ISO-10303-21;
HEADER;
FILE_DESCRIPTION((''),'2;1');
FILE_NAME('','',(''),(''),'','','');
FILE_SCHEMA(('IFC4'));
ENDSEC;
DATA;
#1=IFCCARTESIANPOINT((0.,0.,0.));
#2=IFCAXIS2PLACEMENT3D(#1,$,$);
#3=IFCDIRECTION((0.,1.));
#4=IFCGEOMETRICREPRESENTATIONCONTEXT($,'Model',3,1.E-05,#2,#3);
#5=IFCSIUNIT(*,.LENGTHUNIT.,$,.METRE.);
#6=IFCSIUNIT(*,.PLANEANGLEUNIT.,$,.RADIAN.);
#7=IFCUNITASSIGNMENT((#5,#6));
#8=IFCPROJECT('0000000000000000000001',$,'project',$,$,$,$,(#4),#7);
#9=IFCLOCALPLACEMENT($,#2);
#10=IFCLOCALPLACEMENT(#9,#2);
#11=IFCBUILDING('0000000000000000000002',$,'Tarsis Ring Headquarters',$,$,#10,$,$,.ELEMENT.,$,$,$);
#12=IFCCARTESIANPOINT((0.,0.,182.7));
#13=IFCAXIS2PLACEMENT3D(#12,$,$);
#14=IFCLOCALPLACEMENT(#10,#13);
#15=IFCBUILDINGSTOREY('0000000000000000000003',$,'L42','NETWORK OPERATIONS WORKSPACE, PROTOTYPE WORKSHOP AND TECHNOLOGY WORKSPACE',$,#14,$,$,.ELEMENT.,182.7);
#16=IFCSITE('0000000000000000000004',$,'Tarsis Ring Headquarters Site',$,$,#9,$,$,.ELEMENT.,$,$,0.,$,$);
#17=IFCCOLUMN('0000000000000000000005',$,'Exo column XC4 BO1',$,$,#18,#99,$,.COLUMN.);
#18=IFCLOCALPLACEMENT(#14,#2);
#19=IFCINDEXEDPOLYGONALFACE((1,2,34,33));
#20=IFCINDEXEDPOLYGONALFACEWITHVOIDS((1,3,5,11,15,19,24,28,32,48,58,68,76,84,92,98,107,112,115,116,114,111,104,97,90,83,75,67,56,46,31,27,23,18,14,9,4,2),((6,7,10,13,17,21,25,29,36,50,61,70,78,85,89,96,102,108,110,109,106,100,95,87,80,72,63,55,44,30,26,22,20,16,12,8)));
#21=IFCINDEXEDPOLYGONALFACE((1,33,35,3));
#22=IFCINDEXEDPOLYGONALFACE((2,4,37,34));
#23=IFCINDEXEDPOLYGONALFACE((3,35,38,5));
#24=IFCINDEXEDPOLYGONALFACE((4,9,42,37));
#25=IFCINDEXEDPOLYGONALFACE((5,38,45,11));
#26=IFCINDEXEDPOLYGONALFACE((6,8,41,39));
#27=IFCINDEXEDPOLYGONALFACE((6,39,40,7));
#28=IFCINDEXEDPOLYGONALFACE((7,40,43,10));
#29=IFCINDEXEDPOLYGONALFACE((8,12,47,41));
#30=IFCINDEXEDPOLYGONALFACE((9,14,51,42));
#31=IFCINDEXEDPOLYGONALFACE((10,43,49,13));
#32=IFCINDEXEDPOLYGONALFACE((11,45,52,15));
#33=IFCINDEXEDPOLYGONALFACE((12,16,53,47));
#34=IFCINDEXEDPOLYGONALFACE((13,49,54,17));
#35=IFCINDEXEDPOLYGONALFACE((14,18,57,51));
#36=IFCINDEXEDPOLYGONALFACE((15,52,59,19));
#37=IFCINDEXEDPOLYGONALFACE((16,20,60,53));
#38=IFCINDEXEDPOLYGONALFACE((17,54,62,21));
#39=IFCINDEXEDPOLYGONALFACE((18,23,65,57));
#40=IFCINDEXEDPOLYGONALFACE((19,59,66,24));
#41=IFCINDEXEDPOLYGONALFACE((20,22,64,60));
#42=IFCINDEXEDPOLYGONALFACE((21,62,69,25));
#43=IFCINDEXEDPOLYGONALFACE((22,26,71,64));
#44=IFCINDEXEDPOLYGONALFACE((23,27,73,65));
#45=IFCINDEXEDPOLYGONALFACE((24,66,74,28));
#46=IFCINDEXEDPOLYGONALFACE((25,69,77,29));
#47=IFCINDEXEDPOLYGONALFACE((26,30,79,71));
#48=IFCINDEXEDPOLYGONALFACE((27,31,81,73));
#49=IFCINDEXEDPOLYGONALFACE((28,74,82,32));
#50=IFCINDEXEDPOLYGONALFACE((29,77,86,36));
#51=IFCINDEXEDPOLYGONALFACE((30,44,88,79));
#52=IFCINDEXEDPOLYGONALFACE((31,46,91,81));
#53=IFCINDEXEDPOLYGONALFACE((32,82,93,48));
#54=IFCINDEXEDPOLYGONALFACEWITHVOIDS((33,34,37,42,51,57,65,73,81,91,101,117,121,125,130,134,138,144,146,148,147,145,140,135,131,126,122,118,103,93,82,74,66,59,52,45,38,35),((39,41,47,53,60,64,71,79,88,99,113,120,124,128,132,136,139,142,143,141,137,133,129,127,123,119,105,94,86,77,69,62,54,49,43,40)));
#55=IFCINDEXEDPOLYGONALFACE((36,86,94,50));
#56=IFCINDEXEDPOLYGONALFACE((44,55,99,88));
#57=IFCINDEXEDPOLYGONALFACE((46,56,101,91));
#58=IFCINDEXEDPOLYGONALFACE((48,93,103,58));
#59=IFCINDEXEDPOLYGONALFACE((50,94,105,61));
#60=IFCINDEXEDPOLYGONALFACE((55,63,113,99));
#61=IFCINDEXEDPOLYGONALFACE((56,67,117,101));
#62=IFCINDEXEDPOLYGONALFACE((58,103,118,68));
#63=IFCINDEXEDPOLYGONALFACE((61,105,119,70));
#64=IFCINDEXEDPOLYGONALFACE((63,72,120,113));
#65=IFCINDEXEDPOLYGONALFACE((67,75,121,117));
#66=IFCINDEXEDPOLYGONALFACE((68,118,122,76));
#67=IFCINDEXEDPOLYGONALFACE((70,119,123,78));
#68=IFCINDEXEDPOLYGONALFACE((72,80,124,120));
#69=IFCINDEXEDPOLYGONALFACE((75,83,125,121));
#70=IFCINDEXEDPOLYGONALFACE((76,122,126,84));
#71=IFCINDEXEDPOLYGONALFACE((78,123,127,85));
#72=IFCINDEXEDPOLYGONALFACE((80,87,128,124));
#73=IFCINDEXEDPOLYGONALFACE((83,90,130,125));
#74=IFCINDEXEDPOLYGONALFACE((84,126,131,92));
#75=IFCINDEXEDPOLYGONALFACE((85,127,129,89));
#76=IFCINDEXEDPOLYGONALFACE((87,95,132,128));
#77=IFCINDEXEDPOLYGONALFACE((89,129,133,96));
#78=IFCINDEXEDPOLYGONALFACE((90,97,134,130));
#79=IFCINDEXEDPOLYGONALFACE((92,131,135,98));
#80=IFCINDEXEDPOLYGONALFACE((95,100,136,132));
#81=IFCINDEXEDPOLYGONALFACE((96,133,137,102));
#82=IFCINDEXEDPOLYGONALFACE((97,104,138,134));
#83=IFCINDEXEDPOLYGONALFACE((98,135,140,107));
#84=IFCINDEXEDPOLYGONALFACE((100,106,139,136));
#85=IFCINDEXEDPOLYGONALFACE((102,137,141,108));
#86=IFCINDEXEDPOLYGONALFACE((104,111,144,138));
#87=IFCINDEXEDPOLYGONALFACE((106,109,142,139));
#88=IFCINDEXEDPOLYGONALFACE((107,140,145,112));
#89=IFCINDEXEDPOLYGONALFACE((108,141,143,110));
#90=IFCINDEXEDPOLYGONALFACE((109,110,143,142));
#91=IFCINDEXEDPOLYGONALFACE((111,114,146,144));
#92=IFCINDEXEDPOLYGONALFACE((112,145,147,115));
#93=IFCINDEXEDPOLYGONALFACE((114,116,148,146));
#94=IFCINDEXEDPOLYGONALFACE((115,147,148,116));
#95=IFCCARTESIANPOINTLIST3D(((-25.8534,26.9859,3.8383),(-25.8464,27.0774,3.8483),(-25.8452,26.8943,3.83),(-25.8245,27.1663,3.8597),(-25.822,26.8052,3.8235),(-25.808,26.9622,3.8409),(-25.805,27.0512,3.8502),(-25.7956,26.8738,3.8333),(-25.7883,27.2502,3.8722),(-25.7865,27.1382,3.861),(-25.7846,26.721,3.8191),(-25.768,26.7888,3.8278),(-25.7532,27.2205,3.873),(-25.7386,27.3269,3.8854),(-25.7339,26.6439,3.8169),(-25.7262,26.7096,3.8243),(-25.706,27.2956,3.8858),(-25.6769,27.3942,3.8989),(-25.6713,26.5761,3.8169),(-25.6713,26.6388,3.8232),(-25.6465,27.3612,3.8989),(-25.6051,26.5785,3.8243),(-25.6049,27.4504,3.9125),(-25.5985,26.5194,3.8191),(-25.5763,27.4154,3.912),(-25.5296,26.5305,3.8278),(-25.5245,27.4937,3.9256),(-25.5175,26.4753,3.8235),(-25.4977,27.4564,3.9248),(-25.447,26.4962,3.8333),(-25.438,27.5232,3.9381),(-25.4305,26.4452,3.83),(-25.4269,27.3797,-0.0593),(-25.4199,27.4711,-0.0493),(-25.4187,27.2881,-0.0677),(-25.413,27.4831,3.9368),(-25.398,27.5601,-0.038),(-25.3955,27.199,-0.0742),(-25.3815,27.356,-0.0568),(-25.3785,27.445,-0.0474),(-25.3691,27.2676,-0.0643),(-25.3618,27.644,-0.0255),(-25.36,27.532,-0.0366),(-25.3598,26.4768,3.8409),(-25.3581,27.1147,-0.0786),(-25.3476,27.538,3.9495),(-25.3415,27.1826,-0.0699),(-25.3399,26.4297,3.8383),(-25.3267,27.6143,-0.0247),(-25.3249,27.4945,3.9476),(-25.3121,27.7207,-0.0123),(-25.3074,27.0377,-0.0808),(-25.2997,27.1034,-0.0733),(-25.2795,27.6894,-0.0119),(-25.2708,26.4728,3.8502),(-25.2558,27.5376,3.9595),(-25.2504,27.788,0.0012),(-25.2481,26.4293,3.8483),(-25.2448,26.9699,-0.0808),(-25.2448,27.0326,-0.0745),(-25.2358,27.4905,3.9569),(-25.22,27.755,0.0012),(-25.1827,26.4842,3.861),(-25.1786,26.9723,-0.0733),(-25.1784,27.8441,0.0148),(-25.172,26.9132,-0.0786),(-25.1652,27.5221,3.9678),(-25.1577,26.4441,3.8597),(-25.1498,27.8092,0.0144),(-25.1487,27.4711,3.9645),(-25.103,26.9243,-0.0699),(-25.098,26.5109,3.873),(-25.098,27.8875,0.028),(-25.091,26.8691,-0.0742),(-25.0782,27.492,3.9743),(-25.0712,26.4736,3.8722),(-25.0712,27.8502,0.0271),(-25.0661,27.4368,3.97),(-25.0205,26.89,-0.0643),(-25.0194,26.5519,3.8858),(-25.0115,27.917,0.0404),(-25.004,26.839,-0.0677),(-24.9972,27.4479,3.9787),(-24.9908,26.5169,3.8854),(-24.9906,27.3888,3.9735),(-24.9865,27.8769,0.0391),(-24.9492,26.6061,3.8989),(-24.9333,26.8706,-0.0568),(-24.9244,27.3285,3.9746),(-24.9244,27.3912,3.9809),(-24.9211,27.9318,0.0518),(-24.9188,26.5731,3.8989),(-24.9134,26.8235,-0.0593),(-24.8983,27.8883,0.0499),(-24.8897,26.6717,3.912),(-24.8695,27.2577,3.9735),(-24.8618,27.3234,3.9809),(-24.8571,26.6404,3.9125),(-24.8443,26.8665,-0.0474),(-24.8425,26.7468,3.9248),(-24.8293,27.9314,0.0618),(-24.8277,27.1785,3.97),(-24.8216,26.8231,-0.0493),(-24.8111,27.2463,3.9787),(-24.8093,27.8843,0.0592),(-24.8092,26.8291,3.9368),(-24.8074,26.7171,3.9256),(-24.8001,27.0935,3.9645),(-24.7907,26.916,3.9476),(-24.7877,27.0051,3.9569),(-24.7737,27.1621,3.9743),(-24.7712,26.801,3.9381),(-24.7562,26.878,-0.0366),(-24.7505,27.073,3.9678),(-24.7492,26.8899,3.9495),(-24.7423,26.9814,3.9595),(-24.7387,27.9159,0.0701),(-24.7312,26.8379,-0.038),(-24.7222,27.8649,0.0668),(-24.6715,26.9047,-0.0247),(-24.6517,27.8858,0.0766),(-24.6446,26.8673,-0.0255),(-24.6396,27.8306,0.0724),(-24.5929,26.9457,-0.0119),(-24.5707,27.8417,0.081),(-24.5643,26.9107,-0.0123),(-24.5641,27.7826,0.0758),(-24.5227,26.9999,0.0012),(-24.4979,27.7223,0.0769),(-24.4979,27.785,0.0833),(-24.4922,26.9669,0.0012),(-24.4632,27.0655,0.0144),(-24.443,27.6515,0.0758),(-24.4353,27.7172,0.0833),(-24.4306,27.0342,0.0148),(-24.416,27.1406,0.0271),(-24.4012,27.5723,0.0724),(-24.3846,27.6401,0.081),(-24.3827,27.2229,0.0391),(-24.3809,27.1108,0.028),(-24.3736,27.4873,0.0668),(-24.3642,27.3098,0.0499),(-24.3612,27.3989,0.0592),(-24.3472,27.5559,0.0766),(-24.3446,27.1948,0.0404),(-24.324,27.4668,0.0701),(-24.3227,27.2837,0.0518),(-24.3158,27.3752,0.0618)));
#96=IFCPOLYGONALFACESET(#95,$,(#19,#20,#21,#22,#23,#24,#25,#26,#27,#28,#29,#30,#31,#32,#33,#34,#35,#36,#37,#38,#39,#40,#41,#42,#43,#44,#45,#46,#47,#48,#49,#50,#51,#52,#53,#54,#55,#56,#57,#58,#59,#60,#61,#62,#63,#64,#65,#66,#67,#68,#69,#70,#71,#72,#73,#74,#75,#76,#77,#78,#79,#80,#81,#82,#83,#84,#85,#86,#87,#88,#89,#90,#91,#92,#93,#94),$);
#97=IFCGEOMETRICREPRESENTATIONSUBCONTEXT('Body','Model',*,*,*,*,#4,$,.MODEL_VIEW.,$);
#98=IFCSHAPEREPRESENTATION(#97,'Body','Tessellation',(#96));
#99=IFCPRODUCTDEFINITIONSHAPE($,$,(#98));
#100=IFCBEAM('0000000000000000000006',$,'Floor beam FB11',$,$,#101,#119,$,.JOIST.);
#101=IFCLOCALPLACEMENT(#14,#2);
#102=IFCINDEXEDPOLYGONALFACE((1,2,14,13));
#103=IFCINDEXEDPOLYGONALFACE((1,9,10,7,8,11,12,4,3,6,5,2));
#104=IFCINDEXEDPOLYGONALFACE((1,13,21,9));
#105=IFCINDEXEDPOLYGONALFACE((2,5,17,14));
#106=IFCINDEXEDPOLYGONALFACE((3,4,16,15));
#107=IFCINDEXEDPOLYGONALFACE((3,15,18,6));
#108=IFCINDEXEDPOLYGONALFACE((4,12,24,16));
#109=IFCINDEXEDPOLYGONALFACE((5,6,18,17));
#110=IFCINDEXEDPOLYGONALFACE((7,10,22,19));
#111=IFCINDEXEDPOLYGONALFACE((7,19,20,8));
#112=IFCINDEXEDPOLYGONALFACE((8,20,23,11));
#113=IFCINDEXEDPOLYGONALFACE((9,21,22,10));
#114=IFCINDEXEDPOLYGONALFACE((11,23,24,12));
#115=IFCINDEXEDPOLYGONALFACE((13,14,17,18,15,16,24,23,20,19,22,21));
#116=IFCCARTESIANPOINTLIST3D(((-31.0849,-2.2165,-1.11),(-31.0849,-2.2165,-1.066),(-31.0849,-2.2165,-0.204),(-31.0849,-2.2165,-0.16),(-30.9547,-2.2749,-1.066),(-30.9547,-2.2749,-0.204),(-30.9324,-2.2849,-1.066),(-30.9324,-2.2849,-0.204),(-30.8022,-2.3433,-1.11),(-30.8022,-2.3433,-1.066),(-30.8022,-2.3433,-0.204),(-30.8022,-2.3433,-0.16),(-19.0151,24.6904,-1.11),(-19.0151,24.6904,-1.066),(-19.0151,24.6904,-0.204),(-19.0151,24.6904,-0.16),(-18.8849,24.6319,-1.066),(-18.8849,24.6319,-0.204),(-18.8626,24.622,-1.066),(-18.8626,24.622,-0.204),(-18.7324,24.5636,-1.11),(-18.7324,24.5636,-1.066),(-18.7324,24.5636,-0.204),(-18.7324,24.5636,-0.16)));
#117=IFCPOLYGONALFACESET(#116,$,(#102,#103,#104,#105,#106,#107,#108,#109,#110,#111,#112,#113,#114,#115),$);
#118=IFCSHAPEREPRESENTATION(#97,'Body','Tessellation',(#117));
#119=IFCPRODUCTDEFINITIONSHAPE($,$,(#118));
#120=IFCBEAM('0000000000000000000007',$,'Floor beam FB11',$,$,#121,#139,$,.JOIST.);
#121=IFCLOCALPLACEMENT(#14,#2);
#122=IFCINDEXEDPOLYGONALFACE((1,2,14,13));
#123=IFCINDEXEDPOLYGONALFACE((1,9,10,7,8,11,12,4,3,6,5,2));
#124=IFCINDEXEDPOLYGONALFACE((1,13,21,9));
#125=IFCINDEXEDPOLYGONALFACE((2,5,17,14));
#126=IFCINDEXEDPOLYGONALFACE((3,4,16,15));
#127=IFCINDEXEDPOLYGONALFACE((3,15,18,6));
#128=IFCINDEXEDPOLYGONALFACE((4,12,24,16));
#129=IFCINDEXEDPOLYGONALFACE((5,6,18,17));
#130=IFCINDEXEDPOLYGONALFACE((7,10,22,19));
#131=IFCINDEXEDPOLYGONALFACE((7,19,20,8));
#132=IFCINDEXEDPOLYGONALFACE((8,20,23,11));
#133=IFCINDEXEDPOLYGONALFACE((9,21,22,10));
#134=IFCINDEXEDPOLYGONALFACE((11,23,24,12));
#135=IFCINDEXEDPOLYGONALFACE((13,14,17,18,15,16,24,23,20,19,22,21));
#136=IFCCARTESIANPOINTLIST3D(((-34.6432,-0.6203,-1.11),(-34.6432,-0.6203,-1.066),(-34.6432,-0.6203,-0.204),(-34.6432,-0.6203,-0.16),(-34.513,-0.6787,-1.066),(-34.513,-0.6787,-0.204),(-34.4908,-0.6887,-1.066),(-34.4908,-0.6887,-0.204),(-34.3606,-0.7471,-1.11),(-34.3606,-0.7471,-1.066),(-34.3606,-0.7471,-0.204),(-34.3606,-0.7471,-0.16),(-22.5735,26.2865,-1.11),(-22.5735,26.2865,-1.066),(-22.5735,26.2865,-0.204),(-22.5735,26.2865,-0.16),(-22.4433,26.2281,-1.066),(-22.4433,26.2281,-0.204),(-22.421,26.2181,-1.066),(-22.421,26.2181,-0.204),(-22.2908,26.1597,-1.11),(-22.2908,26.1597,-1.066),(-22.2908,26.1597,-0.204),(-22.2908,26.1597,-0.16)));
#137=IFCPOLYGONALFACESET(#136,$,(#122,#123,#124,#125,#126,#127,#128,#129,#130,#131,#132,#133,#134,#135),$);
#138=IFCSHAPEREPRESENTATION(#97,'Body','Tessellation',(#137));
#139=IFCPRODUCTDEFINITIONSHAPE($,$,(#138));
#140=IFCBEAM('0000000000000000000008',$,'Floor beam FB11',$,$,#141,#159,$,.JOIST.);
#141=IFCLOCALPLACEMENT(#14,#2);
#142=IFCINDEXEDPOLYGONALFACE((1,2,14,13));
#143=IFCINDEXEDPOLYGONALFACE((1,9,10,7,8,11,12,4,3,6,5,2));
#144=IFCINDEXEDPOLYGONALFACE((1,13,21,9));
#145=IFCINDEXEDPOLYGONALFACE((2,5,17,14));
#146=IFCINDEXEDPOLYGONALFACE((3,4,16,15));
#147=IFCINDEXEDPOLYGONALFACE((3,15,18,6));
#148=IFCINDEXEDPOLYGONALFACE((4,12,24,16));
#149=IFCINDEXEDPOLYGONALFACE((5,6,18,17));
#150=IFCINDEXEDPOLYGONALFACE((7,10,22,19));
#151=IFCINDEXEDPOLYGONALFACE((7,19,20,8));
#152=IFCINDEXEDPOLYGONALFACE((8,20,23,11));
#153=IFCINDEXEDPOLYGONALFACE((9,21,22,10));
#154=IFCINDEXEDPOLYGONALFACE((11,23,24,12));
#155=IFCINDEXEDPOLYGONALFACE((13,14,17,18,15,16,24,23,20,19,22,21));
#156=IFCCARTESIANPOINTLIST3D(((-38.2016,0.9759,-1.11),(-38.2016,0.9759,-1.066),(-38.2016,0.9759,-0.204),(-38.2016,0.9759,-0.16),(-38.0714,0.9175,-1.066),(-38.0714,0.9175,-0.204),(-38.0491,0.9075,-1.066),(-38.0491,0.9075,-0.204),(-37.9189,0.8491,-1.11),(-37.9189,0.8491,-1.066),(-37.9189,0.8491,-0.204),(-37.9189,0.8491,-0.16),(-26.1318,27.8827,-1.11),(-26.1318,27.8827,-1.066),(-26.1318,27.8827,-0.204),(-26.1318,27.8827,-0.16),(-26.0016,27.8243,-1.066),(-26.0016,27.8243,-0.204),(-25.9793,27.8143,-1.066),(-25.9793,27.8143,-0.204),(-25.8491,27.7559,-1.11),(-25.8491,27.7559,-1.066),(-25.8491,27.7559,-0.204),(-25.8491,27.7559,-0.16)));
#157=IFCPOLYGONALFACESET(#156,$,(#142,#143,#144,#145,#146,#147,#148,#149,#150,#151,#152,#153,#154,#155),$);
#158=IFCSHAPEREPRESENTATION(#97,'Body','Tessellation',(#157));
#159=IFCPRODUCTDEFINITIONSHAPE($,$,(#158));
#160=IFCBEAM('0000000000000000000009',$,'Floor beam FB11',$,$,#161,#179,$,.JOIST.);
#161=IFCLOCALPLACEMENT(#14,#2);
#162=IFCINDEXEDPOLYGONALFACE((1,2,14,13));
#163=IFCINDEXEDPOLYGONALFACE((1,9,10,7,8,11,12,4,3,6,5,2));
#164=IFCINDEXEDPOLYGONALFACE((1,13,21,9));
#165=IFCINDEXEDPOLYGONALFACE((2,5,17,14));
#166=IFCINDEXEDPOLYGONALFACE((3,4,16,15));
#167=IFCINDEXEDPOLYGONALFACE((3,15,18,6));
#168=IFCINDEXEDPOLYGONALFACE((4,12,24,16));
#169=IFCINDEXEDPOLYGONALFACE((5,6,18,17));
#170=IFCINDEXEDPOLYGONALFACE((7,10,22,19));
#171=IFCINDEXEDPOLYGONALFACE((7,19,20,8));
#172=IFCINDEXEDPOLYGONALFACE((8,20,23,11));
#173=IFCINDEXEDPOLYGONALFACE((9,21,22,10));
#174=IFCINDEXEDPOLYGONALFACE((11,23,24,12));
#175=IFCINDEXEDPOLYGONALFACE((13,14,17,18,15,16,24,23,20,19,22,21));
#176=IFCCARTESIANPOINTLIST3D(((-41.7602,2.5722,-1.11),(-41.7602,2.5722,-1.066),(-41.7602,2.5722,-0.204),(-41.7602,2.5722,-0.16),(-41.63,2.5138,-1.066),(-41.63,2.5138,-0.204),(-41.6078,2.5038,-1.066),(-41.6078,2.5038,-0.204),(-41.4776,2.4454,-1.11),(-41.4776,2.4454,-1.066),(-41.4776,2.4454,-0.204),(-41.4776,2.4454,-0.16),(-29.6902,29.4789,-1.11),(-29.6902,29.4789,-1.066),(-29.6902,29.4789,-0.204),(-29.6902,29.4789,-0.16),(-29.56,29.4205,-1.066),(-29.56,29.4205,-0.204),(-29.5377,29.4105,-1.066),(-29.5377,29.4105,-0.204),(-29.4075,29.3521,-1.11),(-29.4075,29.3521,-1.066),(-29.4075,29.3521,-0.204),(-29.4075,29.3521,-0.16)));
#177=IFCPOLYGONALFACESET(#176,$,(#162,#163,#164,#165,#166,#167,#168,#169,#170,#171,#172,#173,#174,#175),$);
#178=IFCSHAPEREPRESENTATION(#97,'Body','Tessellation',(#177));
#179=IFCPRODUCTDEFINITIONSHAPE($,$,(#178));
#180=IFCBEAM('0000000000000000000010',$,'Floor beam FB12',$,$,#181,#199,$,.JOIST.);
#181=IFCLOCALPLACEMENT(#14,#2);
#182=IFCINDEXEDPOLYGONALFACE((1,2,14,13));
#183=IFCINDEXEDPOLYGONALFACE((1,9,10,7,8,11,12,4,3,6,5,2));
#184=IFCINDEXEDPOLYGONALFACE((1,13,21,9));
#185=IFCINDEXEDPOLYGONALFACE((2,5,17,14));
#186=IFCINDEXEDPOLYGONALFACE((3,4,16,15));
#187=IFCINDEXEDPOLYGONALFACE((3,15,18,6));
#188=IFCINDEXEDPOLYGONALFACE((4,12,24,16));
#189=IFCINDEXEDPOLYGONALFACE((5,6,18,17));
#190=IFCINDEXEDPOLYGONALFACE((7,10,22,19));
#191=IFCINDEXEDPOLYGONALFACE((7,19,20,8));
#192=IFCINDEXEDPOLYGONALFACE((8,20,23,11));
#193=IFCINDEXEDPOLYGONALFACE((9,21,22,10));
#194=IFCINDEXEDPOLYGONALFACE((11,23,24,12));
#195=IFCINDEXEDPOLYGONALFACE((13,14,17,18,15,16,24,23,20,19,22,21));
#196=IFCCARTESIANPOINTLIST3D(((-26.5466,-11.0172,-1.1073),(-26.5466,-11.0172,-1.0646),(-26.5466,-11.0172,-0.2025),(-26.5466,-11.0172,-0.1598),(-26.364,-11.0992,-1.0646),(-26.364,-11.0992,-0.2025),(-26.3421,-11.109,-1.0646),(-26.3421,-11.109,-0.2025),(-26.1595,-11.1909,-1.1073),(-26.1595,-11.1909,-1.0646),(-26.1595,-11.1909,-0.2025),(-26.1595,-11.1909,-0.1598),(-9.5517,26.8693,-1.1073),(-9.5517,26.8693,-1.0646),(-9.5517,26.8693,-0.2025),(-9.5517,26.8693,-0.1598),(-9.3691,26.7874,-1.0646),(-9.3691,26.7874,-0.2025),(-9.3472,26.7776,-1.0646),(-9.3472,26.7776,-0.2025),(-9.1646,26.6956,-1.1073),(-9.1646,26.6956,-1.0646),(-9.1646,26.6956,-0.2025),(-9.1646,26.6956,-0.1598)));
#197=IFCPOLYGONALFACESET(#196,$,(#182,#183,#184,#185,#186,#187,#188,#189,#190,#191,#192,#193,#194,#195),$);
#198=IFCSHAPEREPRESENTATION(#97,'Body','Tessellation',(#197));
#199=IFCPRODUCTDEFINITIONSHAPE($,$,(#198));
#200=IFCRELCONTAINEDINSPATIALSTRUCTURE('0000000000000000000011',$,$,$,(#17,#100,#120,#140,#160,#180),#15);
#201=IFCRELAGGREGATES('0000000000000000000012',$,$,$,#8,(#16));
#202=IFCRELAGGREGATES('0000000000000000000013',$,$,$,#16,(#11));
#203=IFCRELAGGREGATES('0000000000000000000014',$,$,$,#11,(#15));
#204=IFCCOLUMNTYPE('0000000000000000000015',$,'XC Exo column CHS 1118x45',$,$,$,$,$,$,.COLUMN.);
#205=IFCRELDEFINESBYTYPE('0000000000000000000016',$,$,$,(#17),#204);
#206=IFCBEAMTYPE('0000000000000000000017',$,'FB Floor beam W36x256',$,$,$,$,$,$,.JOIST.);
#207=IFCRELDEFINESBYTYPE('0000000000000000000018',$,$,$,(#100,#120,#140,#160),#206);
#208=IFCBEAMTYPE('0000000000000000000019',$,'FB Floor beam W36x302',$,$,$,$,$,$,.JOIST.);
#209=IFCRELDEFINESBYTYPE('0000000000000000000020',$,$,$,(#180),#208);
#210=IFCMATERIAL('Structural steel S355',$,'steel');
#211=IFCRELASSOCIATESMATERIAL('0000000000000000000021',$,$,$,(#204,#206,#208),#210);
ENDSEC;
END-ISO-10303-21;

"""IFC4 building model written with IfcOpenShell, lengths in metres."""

from ifc_helpers import new_model, si_unit, direction, frame, origin, origin_2d, place, context, subcontext, project, spatial, hollow_circle, i_section, extrude, material, material_profile, profile_set, type_object, element, save


model = new_model("IFC4")

# Units and contexts
model_context = context("Model", 3, precision=1e-05, world=origin(), true_north=direction((0.0, 1.0)))
body_context = subcontext(model_context, "Body", "Model", "MODEL_VIEW")
ifc_project = project(units=[si_unit("LENGTHUNIT", "METRE"), si_unit("PLANEANGLEUNIT", "RADIAN")], contexts=[model_context])

# Site, building, storey
site_placement = place(None, origin())
site = spatial("IfcSite", under=ifc_project, at=site_placement, Name="Tarsis Ring Headquarters Site", CompositionType="ELEMENT", RefElevation=0.0)
building_placement = place(site_placement, origin())
building = spatial("IfcBuilding", under=site, at=building_placement, Name="Tarsis Ring Headquarters", CompositionType="ELEMENT")
storey_placement = place(building_placement, frame((0.0, 0.0, 182.7)))
storey = spatial("IfcBuildingStorey", under=building, at=storey_placement, Name="L42", Description="NETWORK OPERATIONS WORKSPACE, PROTOTYPE WORKSHOP AND TECHNOLOGY WORKSPACE", CompositionType="ELEMENT", Elevation=182.7)

# Column
ifc_material_1 = material(Name="Structural steel S355", Category="steel")
ifc_material_profile_1 = material_profile(ifc_material_1, hollow_circle(Radius=0.5588, WallThickness=0.0449, at=origin_2d()), Name="CHS 1118x45")
ifc_profile_set_1 = profile_set([ifc_material_profile_1], Name="Structural steel S355")
column_type = type_object("IfcColumnType", Name="XC Exo column CHS 1118x45", PredefinedType="COLUMN", material=ifc_profile_set_1)
column_placement = place(storey_placement, frame((-24.8713, 27.3774, 0.0012), z_axis=(-0.108233, -0.099931, 0.98909), x_axis=(0.678367, -0.734723, 0.0)))
element("IfcColumn", 1, at=column_placement, inside=storey, type_object=column_type, Name="Exo column XC4 BO1", PredefinedType="COLUMN", context=body_context, shape_type="SweptSolid", body=[
    extrude(hollow_circle(Radius=0.5588, WallThickness=0.0449, at=origin_2d()), origin(), (0.0, 0.0, 1.0), 3.9407),
])

# Beams
ifc_material_profile_2 = material_profile(ifc_material_1, i_section(OverallWidth=0.3098, OverallDepth=0.95, WebThickness=0.0244, FlangeThickness=0.0439, at=origin_2d()), Name="W36x256")
ifc_profile_set_2 = profile_set([ifc_material_profile_2], Name="Structural steel S355")
beam_type_1 = type_object("IfcBeamType", Name="FB Floor beam W36x256", PredefinedType="JOIST", material=ifc_profile_set_2)
for number, where, z_axis, x_axis, name in (
    (2, (-18.8738, 24.627, -0.635), (-0.409284, -0.912407, 0.0), (0.912407, -0.409284, 0.0), "Floor beam FB11"),
    (3, (-22.4321, 26.2231, -0.635), (-0.409284, -0.912407, 0.0), (0.912407, -0.409284, 0.0), "Floor beam FB11"),
    (4, (-25.9905, 27.8193, -0.635), (-0.409284, -0.912407, 0.0), (0.912407, -0.409284, 0.0), "Floor beam FB11"),
    (5, (-29.5488, 29.4155, -0.635), (-0.409294, -0.912403, 0.0), (0.912403, -0.409294, 0.0), "Floor beam FB11"),
):
    element("IfcBeam", number, at=place(storey_placement, frame(where, z_axis=z_axis, x_axis=x_axis)), inside=storey, type_object=beam_type_1, Name=name, PredefinedType="JOIST", context=body_context, shape_type="SweptSolid", body=[
        extrude(i_section(OverallWidth=0.3098, OverallDepth=0.95, WebThickness=0.0244, FlangeThickness=0.0439, at=origin_2d()), origin(), (0.0, 0.0, 1.0), 29.49),
    ])
ifc_material_profile_3 = material_profile(ifc_material_1, i_section(OverallWidth=0.4243, OverallDepth=0.9475, WebThickness=0.0239, FlangeThickness=0.0427, at=origin_2d()), Name="W36x302")
ifc_profile_set_3 = profile_set([ifc_material_profile_3], Name="Structural steel S355")
beam_type_2 = type_object("IfcBeamType", Name="FB Floor beam W36x302", PredefinedType="JOIST", material=ifc_profile_set_3)
beam_1_placement = place(storey_placement, frame((-9.3582, 26.7825, -0.6335), z_axis=(-0.409282, -0.912408, 0.0), x_axis=(0.912408, -0.409282, 0.0)))
element("IfcBeam", 6, at=beam_1_placement, inside=storey, type_object=beam_type_2, Name="Floor beam FB12", PredefinedType="JOIST", context=body_context, shape_type="SweptSolid", body=[
    extrude(i_section(OverallWidth=0.4243, OverallDepth=0.9475, WebThickness=0.0239, FlangeThickness=0.0427, at=origin_2d()), origin(), (0.0, 0.0, 1.0), 41.5237),
])

save(model, "model.ifc")
